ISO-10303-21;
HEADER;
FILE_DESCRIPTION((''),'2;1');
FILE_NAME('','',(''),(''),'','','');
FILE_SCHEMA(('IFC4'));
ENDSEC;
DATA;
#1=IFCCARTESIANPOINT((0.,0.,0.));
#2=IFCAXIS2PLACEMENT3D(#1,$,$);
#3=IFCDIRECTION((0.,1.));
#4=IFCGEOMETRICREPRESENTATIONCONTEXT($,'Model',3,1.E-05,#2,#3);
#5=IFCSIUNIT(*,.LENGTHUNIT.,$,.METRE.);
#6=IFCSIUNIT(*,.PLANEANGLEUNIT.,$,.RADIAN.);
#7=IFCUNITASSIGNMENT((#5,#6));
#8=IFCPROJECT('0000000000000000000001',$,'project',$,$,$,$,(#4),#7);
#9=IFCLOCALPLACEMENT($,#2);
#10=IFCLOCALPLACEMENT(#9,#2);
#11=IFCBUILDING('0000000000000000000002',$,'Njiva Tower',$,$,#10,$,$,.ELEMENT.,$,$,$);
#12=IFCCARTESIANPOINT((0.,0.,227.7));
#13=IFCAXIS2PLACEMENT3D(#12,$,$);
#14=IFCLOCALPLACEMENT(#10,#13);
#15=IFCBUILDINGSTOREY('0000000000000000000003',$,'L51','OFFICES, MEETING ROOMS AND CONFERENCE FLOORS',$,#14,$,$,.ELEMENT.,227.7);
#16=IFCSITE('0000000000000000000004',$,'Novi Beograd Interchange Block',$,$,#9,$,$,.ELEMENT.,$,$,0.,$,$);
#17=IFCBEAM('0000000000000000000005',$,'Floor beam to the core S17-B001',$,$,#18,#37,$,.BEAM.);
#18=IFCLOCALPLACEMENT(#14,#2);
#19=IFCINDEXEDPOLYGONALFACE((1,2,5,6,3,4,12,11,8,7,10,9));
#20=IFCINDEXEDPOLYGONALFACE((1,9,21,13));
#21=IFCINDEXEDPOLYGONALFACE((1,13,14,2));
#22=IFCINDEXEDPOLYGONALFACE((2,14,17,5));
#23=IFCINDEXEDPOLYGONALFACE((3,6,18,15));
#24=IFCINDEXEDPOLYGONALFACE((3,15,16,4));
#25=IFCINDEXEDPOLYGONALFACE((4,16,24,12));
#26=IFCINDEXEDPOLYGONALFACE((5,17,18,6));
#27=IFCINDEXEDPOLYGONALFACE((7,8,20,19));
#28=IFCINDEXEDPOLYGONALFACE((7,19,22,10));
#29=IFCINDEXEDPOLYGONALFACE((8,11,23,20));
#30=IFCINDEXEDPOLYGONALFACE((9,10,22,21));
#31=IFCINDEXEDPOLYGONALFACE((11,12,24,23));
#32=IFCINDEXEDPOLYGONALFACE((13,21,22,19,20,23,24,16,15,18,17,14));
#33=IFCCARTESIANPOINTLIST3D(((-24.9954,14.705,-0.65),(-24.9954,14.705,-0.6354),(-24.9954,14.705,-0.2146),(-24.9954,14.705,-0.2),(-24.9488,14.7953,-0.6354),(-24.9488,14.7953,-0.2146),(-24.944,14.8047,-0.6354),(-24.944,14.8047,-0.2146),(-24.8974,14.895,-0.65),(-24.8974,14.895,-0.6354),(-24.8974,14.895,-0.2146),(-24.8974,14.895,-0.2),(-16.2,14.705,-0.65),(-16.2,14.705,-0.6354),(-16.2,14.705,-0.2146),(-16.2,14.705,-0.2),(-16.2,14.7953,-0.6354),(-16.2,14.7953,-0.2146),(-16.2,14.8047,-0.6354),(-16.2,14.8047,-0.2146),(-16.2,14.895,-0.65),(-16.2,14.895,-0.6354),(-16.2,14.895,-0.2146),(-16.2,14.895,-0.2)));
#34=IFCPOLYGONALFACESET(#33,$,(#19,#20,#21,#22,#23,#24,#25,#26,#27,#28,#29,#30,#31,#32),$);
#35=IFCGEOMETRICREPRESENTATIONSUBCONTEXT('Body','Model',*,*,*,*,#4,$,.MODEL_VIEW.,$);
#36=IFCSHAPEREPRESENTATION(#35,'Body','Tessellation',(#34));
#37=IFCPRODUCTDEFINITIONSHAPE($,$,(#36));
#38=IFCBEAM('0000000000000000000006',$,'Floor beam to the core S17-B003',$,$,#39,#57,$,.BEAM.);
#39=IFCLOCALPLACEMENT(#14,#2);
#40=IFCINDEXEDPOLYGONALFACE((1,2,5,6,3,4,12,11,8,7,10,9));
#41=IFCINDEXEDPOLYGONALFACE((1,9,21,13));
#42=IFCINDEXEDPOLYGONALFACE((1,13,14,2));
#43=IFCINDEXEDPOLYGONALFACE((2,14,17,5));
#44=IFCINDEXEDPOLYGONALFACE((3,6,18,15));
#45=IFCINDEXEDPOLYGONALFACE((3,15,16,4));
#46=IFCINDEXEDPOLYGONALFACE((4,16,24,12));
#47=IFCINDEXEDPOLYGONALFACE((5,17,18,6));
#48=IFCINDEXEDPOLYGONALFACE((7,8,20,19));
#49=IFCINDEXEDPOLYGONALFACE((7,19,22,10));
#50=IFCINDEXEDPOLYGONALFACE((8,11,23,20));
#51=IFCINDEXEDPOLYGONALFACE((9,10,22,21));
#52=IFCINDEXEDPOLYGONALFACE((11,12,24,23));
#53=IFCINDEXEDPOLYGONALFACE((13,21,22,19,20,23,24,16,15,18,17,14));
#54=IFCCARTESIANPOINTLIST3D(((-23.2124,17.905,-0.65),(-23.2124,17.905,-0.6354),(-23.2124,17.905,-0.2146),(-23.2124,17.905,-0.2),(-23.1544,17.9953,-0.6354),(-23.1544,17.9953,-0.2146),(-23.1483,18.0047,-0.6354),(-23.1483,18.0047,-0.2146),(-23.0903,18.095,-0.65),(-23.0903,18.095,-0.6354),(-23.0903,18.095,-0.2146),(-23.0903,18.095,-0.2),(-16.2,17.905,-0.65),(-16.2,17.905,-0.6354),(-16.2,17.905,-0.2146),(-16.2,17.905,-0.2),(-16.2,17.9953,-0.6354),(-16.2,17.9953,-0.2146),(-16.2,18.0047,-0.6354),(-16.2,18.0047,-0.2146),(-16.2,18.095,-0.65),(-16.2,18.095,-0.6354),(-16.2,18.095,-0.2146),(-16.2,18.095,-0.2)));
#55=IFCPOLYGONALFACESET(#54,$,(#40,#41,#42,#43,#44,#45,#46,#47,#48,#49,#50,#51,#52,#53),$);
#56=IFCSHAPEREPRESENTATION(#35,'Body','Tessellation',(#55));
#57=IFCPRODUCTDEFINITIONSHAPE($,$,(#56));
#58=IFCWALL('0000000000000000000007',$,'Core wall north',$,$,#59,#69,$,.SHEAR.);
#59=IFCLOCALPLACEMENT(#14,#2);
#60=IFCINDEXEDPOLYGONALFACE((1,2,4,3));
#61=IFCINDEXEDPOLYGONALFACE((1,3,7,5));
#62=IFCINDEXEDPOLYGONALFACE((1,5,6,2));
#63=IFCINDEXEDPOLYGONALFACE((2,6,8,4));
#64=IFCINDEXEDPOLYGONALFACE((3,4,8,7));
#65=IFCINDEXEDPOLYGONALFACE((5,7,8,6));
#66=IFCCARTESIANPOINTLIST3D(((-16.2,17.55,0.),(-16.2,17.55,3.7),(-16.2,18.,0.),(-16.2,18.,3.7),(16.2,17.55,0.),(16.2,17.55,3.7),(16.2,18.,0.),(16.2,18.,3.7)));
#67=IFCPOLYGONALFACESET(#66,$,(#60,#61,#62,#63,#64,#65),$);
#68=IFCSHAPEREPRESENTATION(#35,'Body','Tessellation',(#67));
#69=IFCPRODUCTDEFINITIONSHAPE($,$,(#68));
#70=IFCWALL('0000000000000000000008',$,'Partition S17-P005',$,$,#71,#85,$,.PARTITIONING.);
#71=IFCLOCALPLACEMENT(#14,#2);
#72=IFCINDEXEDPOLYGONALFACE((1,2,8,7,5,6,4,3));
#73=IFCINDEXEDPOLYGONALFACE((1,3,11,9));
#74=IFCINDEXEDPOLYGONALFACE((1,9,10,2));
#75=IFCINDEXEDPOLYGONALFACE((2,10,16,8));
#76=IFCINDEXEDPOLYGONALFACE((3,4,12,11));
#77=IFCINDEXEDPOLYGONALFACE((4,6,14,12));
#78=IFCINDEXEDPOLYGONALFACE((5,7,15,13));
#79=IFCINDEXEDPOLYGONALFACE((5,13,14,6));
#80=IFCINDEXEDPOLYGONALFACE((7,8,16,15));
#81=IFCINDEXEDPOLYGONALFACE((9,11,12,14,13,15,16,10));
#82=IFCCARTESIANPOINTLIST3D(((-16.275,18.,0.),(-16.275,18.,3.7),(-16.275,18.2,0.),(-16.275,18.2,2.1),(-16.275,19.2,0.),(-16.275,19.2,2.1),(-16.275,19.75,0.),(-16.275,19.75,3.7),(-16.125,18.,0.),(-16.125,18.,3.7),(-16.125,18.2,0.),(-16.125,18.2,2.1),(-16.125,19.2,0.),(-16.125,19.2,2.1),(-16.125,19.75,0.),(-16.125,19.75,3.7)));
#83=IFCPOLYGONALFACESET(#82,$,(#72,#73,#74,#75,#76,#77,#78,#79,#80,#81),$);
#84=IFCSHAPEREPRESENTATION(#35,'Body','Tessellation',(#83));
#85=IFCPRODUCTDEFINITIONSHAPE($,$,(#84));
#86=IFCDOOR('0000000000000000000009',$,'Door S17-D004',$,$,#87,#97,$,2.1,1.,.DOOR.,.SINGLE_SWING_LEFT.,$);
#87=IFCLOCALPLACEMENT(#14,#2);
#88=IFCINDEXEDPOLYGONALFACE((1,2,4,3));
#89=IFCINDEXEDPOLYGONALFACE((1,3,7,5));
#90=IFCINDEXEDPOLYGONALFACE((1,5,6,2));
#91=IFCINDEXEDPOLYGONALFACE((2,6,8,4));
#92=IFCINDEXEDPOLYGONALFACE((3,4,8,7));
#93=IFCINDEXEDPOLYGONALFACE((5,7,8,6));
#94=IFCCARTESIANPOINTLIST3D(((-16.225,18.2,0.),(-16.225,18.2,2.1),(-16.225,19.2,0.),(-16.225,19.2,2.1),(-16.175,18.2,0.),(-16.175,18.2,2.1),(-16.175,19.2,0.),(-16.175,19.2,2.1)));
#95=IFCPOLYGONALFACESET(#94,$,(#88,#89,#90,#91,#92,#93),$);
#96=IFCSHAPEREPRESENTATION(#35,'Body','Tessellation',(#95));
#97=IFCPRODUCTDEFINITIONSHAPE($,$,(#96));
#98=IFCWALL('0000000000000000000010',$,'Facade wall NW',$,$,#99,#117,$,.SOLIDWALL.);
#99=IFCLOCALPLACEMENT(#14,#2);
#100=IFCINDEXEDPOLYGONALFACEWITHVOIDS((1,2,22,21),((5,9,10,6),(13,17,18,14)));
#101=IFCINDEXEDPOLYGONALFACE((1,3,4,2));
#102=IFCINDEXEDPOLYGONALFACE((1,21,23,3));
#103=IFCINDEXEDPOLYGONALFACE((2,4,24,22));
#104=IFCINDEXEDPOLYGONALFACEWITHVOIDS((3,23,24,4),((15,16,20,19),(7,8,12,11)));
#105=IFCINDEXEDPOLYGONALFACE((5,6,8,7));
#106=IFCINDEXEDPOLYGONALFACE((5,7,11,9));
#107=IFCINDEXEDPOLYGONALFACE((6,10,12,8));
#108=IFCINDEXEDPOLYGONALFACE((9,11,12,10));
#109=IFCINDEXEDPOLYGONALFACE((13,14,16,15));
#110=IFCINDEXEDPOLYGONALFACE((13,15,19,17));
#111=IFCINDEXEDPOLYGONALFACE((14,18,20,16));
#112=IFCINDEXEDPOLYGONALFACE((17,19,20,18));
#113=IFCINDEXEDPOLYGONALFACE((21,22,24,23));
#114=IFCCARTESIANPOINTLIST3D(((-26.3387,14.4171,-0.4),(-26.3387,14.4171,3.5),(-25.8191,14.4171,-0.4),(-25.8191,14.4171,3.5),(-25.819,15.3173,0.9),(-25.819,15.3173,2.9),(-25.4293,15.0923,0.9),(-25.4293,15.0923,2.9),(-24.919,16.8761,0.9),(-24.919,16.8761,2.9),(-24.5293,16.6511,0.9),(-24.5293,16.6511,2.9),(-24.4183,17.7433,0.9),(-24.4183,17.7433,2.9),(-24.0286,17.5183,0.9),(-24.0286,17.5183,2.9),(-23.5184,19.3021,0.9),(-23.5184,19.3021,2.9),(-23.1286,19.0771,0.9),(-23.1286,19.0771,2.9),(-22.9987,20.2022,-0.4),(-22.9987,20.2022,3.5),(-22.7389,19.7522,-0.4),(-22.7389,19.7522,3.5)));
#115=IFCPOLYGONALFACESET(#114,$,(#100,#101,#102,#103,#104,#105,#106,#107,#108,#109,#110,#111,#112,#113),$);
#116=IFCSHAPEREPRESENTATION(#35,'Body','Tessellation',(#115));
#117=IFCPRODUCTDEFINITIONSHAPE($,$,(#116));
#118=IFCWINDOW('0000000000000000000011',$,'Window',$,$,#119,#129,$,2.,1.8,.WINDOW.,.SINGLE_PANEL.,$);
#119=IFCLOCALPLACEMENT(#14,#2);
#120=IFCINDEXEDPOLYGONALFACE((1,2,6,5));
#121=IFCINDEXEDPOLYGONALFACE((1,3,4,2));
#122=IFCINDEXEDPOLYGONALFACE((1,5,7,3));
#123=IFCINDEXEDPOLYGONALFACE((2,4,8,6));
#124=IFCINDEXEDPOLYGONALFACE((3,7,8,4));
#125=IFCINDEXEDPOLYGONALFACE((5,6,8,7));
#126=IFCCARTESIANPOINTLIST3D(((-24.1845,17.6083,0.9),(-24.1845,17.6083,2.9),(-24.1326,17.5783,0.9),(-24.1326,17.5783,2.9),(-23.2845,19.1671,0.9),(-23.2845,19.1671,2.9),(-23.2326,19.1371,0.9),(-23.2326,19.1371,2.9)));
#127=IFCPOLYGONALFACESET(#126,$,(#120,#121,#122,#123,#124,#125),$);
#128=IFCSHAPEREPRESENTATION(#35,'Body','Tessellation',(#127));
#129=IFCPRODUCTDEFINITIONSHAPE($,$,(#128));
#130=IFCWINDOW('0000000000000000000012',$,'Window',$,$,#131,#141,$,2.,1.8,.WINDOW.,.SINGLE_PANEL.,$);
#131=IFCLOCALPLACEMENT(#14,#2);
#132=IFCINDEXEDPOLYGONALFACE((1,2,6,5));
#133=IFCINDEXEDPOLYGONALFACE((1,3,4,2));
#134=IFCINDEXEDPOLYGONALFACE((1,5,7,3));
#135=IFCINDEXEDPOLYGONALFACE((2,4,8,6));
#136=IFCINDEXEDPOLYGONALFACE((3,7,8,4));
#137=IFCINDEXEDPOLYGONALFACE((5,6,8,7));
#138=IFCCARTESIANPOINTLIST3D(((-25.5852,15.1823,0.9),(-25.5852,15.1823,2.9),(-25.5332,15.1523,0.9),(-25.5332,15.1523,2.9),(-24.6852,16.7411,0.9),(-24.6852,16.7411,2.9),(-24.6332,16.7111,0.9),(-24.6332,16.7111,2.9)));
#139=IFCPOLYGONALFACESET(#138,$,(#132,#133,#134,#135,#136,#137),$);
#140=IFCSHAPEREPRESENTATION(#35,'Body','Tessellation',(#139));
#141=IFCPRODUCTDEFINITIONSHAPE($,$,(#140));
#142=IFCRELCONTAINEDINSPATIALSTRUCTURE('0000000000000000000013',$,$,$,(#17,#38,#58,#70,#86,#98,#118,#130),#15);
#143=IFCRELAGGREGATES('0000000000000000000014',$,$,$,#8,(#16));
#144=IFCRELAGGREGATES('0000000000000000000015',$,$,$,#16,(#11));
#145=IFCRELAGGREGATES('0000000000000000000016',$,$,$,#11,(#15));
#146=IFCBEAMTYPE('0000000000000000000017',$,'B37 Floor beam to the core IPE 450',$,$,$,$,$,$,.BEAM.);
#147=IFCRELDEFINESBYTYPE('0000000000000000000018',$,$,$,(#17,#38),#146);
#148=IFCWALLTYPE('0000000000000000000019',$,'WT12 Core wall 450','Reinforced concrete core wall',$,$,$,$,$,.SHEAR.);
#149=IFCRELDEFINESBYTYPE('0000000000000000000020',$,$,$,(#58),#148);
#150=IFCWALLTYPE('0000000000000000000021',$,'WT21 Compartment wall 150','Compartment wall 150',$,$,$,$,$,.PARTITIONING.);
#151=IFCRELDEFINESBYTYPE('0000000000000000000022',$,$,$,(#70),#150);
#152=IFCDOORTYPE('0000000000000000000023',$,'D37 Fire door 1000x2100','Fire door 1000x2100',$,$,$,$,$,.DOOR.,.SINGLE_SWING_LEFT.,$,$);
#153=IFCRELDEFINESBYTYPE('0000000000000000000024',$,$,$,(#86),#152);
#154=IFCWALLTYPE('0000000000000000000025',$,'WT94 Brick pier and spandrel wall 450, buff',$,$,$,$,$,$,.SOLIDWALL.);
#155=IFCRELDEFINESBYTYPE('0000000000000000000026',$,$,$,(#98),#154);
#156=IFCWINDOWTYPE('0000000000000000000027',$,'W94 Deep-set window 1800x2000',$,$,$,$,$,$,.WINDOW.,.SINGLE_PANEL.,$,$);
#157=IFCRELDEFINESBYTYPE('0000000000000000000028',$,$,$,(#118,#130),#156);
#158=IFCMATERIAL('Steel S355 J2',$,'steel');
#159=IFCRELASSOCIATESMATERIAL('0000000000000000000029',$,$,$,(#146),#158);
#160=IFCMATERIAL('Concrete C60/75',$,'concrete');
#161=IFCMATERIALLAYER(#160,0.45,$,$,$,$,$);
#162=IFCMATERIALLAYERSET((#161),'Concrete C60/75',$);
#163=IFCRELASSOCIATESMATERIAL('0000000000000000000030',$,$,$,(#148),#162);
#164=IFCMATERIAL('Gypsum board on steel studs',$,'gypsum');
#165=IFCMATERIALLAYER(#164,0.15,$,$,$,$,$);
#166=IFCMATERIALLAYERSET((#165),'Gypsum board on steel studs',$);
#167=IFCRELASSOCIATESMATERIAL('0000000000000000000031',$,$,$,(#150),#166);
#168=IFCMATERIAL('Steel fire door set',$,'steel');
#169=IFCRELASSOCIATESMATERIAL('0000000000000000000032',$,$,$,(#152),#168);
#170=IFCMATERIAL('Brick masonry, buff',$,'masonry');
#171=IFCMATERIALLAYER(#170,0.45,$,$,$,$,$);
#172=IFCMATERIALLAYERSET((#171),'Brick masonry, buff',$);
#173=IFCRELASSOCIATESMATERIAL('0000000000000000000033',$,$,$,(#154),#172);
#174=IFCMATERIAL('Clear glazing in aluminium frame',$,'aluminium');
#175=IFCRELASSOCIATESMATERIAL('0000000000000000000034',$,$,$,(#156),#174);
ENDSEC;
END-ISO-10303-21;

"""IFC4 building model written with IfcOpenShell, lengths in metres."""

from ifc_helpers import new_model, si_unit, direction, frame, frame_2d, origin, origin_2d, place, context, subcontext, project, spatial, polyline, rectangle, i_section, outline, extrude, clip, halfspace, material, layer, layer_set, material_profile, profile_set, type_object, element, fill, save


model = new_model("IFC4")

# Units and contexts
model_context = context("Model", 3, precision=1e-05, world=origin(), true_north=direction((0.0, 1.0)))
body_context = subcontext(model_context, "Body", "Model", "MODEL_VIEW")
ifc_project = project(units=[si_unit("LENGTHUNIT", "METRE"), si_unit("PLANEANGLEUNIT", "RADIAN")], contexts=[model_context])

# Site, building, storey
site_placement = place(None, origin())
site = spatial("IfcSite", under=ifc_project, at=site_placement, Name="Novi Beograd Interchange Block", CompositionType="ELEMENT", RefElevation=0.0)
building_placement = place(site_placement, origin())
building = spatial("IfcBuilding", under=site, at=building_placement, Name="Njiva Tower", CompositionType="ELEMENT")
storey_placement = place(building_placement, frame((0.0, 0.0, 227.7)))
storey = spatial("IfcBuildingStorey", under=building, at=storey_placement, Name="L51", Description="OFFICES, MEETING ROOMS AND CONFERENCE FLOORS", CompositionType="ELEMENT", Elevation=227.7)

# Shared definitions
ifc_material_1 = material(Name="Steel S355 J2", Category="steel")

# Beams
ifc_material_profile_1 = material_profile(ifc_material_1, i_section(OverallWidth=0.19, OverallDepth=0.45, WebThickness=0.0094, FlangeThickness=0.0146, at=origin_2d()), Name="IPE 450")
ifc_profile_set_1 = profile_set([ifc_material_profile_1], Name="Steel S355 J2")
beam_type_1 = type_object("IfcBeamType", Name="B37 Floor beam to the core IPE 450", PredefinedType="BEAM", material=ifc_profile_set_1)
beam_1_placement = place(storey_placement, frame((-25.015, 14.8, -0.425), z_axis=(1.0, 0.0, 0.0), x_axis=(0.0, 1.0, 0.0)))
element("IfcBeam", 1, at=beam_1_placement, inside=storey, type_object=beam_type_1, Name="Floor beam to the core S17-B001", PredefinedType="BEAM", context=body_context, shape_type="Clipping", body=[
    clip(extrude(i_section(OverallWidth=0.19, OverallDepth=0.45, WebThickness=0.0094, FlangeThickness=0.0146, at=origin_2d()), origin(), (0.0, 0.0, 1.0), 8.815), halfspace(frame((0.0229, 0.0, 0.0804), z_axis=(0.458331, 0.0, -0.888782), x_axis=(0.0, -1.0, 0.0)), False)),
])
beam_2_placement = place(storey_placement, frame((-23.232, 18.0, -0.425), z_axis=(1.0, 0.0, 0.0), x_axis=(0.0, 1.0, 0.0)))
element("IfcBeam", 2, at=beam_2_placement, inside=storey, type_object=beam_type_1, Name="Floor beam to the core S17-B003", PredefinedType="BEAM", context=body_context, shape_type="Clipping", body=[
    clip(extrude(i_section(OverallWidth=0.19, OverallDepth=0.45, WebThickness=0.0094, FlangeThickness=0.0146, at=origin_2d()), origin(), (0.0, 0.0, 1.0), 7.032), halfspace(frame((0.027, 0.0, 0.098), z_axis=(0.540539, 0.0, -0.841319), x_axis=(0.0, -1.0, 0.0)), False)),
])

# Wall
ifc_material_2 = material(Name="Concrete C60/75", Category="concrete")
ifc_layer_1 = layer(ifc_material_2, 0.45)
ifc_layer_set_1 = layer_set([ifc_layer_1], Name="Concrete C60/75")
wall_type_1 = type_object("IfcWallType", Name="WT12 Core wall 450", Description="Reinforced concrete core wall", PredefinedType="SHEAR", material=ifc_layer_set_1)
wall_1_placement = place(storey_placement, frame((-16.2, 17.775, 0.0), z_axis=(0.0, 0.0, 1.0), x_axis=(1.0, 0.0, 0.0)))
element("IfcWall", 3, at=wall_1_placement, inside=storey, type_object=wall_type_1, Name="Core wall north", PredefinedType="SHEAR", context=body_context, shape_type="SweptSolid", body=[
    extrude(rectangle(XDim=32.4, YDim=0.45, at=frame_2d((16.2, 0.0))), origin(), (0.0, 0.0, 1.0), 3.7),
])

# Wall, opening, door
ifc_material_3 = material(Name="Gypsum board on steel studs", Category="gypsum")
ifc_layer_2 = layer(ifc_material_3, 0.15)
ifc_layer_set_2 = layer_set([ifc_layer_2], Name="Gypsum board on steel studs")
wall_type_2 = type_object("IfcWallType", Name="WT21 Compartment wall 150", Description="Compartment wall 150", PredefinedType="PARTITIONING", material=ifc_layer_set_2)
wall_2_placement = place(storey_placement, frame((-16.2, 18.0, 0.0), z_axis=(0.0, 0.0, 1.0), x_axis=(0.0, 1.0, 0.0)))
wall_2 = element("IfcWall", 4, at=wall_2_placement, inside=storey, type_object=wall_type_2, Name="Partition S17-P005", PredefinedType="PARTITIONING", context=body_context, shape_type="SweptSolid", body=[
    extrude(rectangle(XDim=1.75, YDim=0.15, at=frame_2d((0.875, 0.0))), origin(), (0.0, 0.0, 1.0), 3.7),
])
opening_1_placement = place(wall_2_placement, frame((0.2, 0.0, 0.0)))
opening_1 = element("IfcOpeningElement", 5, at=opening_1_placement, cuts=wall_2, PredefinedType="OPENING", context=body_context, shape_type="SweptSolid", body=[
    extrude(rectangle(XDim=1.0, YDim=2.1, at=frame_2d((0.5, 1.05))), frame((0.0, 0.085, 0.0), z_axis=(0.0, -1.0, 0.0), x_axis=(1.0, 0.0, 0.0)), (0.0, 0.0, 1.0), 0.17),
])
ifc_material_4 = material(Name="Steel fire door set", Category="steel")
door_type = type_object("IfcDoorType", Name="D37 Fire door 1000x2100", Description="Fire door 1000x2100", OperationType="SINGLE_SWING_LEFT", PredefinedType="DOOR", material=ifc_material_4)
door_placement = place(opening_1_placement, origin())
door = element("IfcDoor", 6, at=door_placement, inside=storey, type_object=door_type, Name="Door S17-D004", OperationType="SINGLE_SWING_LEFT", OverallHeight=2.1, OverallWidth=1.0, PredefinedType="DOOR", context=body_context, shape_type="SweptSolid", body=[
    extrude(rectangle(XDim=1.0, YDim=2.1, at=frame_2d((0.5, 1.05))), frame((0.0, 0.025, 0.0), z_axis=(0.0, -1.0, 0.0), x_axis=(1.0, 0.0, 0.0)), (0.0, 0.0, 1.0), 0.05),
])
fill(opening_1, door)

# Wall, openings, windows
ifc_material_5 = material(Name="Clear glazing in aluminium frame", Category="aluminium")
ifc_material_6 = material(Name="Brick masonry, buff", Category="masonry")
ifc_layer_3 = layer(ifc_material_6, 0.45)
ifc_layer_set_3 = layer_set([ifc_layer_3], Name="Brick masonry, buff")
wall_type_3 = type_object("IfcWallType", Name="WT94 Brick pier and spandrel wall 450, buff", PredefinedType="SOLIDWALL", material=ifc_layer_set_3)
wall_3_placement = place(storey_placement, frame((-22.8688, 19.9772, -0.4), z_axis=(0.0, 0.0, 1.0), x_axis=(-0.499997, -0.866027, 0.0)))
wall_3 = element("IfcWall", 7, at=wall_3_placement, inside=storey, type_object=wall_type_3, Name="Facade wall NW", PredefinedType="SOLIDWALL", context=body_context, shape_type="SweptSolid", body=[
    extrude(outline(polyline([(-0.1299, -0.225), (6.5501, -0.225), (6.2903, 0.225), (0.1299, 0.225), (-0.1299, -0.225)])), origin(), (0.0, 0.0, 1.0), 3.9),
])
opening_2_placement = place(wall_3_placement, frame((0.9094, 0.0, 1.3)))
opening_2 = element("IfcOpeningElement", 8, at=opening_2_placement, cuts=wall_3, PredefinedType="OPENING", context=body_context, shape_type="SweptSolid", body=[
    extrude(rectangle(XDim=1.8, YDim=2.0, at=frame_2d((0.9, 1.0))), frame((0.0, 0.235, 0.0), z_axis=(0.0, -1.0, 0.0), x_axis=(1.0, 0.0, 0.0)), (0.0, 0.0, 1.0), 0.47),
])
opening_3_placement = place(wall_3_placement, frame((3.7107, 0.0, 1.3)))
opening_3 = element("IfcOpeningElement", 9, at=opening_3_placement, cuts=wall_3, PredefinedType="OPENING", context=body_context, shape_type="SweptSolid", body=[
    extrude(rectangle(XDim=1.8, YDim=2.0, at=frame_2d((0.9, 1.0))), frame((0.0, 0.235, 0.0), z_axis=(0.0, -1.0, 0.0), x_axis=(1.0, 0.0, 0.0)), (0.0, 0.0, 1.0), 0.47),
])
window_type_1 = type_object("IfcWindowType", Name="W94 Deep-set window 1800x2000", PartitioningType="SINGLE_PANEL", PredefinedType="WINDOW", material=ifc_material_5)
window_1_placement = place(opening_2_placement, origin())
window_1 = element("IfcWindow", 10, at=window_1_placement, inside=storey, type_object=window_type_1, Name="Window", OverallHeight=2.0, OverallWidth=1.8, PartitioningType="SINGLE_PANEL", PredefinedType="WINDOW", context=body_context, shape_type="SweptSolid", body=[
    extrude(rectangle(XDim=1.8, YDim=2.0, at=frame_2d((0.9, 1.0))), frame((0.0, 0.105, 0.0), z_axis=(0.0, -1.0, 0.0), x_axis=(1.0, 0.0, 0.0)), (0.0, 0.0, 1.0), 0.06),
])
fill(opening_2, window_1)
window_2_placement = place(opening_3_placement, origin())
window_2 = element("IfcWindow", 11, at=window_2_placement, inside=storey, type_object=window_type_1, Name="Window", OverallHeight=2.0, OverallWidth=1.8, PartitioningType="SINGLE_PANEL", PredefinedType="WINDOW", context=body_context, shape_type="SweptSolid", body=[
    extrude(rectangle(XDim=1.8, YDim=2.0, at=frame_2d((0.9, 1.0))), frame((0.0, 0.105, 0.0), z_axis=(0.0, -1.0, 0.0), x_axis=(1.0, 0.0, 0.0)), (0.0, 0.0, 1.0), 0.06),
])
fill(opening_3, window_2)

save(model, "model.ifc")
